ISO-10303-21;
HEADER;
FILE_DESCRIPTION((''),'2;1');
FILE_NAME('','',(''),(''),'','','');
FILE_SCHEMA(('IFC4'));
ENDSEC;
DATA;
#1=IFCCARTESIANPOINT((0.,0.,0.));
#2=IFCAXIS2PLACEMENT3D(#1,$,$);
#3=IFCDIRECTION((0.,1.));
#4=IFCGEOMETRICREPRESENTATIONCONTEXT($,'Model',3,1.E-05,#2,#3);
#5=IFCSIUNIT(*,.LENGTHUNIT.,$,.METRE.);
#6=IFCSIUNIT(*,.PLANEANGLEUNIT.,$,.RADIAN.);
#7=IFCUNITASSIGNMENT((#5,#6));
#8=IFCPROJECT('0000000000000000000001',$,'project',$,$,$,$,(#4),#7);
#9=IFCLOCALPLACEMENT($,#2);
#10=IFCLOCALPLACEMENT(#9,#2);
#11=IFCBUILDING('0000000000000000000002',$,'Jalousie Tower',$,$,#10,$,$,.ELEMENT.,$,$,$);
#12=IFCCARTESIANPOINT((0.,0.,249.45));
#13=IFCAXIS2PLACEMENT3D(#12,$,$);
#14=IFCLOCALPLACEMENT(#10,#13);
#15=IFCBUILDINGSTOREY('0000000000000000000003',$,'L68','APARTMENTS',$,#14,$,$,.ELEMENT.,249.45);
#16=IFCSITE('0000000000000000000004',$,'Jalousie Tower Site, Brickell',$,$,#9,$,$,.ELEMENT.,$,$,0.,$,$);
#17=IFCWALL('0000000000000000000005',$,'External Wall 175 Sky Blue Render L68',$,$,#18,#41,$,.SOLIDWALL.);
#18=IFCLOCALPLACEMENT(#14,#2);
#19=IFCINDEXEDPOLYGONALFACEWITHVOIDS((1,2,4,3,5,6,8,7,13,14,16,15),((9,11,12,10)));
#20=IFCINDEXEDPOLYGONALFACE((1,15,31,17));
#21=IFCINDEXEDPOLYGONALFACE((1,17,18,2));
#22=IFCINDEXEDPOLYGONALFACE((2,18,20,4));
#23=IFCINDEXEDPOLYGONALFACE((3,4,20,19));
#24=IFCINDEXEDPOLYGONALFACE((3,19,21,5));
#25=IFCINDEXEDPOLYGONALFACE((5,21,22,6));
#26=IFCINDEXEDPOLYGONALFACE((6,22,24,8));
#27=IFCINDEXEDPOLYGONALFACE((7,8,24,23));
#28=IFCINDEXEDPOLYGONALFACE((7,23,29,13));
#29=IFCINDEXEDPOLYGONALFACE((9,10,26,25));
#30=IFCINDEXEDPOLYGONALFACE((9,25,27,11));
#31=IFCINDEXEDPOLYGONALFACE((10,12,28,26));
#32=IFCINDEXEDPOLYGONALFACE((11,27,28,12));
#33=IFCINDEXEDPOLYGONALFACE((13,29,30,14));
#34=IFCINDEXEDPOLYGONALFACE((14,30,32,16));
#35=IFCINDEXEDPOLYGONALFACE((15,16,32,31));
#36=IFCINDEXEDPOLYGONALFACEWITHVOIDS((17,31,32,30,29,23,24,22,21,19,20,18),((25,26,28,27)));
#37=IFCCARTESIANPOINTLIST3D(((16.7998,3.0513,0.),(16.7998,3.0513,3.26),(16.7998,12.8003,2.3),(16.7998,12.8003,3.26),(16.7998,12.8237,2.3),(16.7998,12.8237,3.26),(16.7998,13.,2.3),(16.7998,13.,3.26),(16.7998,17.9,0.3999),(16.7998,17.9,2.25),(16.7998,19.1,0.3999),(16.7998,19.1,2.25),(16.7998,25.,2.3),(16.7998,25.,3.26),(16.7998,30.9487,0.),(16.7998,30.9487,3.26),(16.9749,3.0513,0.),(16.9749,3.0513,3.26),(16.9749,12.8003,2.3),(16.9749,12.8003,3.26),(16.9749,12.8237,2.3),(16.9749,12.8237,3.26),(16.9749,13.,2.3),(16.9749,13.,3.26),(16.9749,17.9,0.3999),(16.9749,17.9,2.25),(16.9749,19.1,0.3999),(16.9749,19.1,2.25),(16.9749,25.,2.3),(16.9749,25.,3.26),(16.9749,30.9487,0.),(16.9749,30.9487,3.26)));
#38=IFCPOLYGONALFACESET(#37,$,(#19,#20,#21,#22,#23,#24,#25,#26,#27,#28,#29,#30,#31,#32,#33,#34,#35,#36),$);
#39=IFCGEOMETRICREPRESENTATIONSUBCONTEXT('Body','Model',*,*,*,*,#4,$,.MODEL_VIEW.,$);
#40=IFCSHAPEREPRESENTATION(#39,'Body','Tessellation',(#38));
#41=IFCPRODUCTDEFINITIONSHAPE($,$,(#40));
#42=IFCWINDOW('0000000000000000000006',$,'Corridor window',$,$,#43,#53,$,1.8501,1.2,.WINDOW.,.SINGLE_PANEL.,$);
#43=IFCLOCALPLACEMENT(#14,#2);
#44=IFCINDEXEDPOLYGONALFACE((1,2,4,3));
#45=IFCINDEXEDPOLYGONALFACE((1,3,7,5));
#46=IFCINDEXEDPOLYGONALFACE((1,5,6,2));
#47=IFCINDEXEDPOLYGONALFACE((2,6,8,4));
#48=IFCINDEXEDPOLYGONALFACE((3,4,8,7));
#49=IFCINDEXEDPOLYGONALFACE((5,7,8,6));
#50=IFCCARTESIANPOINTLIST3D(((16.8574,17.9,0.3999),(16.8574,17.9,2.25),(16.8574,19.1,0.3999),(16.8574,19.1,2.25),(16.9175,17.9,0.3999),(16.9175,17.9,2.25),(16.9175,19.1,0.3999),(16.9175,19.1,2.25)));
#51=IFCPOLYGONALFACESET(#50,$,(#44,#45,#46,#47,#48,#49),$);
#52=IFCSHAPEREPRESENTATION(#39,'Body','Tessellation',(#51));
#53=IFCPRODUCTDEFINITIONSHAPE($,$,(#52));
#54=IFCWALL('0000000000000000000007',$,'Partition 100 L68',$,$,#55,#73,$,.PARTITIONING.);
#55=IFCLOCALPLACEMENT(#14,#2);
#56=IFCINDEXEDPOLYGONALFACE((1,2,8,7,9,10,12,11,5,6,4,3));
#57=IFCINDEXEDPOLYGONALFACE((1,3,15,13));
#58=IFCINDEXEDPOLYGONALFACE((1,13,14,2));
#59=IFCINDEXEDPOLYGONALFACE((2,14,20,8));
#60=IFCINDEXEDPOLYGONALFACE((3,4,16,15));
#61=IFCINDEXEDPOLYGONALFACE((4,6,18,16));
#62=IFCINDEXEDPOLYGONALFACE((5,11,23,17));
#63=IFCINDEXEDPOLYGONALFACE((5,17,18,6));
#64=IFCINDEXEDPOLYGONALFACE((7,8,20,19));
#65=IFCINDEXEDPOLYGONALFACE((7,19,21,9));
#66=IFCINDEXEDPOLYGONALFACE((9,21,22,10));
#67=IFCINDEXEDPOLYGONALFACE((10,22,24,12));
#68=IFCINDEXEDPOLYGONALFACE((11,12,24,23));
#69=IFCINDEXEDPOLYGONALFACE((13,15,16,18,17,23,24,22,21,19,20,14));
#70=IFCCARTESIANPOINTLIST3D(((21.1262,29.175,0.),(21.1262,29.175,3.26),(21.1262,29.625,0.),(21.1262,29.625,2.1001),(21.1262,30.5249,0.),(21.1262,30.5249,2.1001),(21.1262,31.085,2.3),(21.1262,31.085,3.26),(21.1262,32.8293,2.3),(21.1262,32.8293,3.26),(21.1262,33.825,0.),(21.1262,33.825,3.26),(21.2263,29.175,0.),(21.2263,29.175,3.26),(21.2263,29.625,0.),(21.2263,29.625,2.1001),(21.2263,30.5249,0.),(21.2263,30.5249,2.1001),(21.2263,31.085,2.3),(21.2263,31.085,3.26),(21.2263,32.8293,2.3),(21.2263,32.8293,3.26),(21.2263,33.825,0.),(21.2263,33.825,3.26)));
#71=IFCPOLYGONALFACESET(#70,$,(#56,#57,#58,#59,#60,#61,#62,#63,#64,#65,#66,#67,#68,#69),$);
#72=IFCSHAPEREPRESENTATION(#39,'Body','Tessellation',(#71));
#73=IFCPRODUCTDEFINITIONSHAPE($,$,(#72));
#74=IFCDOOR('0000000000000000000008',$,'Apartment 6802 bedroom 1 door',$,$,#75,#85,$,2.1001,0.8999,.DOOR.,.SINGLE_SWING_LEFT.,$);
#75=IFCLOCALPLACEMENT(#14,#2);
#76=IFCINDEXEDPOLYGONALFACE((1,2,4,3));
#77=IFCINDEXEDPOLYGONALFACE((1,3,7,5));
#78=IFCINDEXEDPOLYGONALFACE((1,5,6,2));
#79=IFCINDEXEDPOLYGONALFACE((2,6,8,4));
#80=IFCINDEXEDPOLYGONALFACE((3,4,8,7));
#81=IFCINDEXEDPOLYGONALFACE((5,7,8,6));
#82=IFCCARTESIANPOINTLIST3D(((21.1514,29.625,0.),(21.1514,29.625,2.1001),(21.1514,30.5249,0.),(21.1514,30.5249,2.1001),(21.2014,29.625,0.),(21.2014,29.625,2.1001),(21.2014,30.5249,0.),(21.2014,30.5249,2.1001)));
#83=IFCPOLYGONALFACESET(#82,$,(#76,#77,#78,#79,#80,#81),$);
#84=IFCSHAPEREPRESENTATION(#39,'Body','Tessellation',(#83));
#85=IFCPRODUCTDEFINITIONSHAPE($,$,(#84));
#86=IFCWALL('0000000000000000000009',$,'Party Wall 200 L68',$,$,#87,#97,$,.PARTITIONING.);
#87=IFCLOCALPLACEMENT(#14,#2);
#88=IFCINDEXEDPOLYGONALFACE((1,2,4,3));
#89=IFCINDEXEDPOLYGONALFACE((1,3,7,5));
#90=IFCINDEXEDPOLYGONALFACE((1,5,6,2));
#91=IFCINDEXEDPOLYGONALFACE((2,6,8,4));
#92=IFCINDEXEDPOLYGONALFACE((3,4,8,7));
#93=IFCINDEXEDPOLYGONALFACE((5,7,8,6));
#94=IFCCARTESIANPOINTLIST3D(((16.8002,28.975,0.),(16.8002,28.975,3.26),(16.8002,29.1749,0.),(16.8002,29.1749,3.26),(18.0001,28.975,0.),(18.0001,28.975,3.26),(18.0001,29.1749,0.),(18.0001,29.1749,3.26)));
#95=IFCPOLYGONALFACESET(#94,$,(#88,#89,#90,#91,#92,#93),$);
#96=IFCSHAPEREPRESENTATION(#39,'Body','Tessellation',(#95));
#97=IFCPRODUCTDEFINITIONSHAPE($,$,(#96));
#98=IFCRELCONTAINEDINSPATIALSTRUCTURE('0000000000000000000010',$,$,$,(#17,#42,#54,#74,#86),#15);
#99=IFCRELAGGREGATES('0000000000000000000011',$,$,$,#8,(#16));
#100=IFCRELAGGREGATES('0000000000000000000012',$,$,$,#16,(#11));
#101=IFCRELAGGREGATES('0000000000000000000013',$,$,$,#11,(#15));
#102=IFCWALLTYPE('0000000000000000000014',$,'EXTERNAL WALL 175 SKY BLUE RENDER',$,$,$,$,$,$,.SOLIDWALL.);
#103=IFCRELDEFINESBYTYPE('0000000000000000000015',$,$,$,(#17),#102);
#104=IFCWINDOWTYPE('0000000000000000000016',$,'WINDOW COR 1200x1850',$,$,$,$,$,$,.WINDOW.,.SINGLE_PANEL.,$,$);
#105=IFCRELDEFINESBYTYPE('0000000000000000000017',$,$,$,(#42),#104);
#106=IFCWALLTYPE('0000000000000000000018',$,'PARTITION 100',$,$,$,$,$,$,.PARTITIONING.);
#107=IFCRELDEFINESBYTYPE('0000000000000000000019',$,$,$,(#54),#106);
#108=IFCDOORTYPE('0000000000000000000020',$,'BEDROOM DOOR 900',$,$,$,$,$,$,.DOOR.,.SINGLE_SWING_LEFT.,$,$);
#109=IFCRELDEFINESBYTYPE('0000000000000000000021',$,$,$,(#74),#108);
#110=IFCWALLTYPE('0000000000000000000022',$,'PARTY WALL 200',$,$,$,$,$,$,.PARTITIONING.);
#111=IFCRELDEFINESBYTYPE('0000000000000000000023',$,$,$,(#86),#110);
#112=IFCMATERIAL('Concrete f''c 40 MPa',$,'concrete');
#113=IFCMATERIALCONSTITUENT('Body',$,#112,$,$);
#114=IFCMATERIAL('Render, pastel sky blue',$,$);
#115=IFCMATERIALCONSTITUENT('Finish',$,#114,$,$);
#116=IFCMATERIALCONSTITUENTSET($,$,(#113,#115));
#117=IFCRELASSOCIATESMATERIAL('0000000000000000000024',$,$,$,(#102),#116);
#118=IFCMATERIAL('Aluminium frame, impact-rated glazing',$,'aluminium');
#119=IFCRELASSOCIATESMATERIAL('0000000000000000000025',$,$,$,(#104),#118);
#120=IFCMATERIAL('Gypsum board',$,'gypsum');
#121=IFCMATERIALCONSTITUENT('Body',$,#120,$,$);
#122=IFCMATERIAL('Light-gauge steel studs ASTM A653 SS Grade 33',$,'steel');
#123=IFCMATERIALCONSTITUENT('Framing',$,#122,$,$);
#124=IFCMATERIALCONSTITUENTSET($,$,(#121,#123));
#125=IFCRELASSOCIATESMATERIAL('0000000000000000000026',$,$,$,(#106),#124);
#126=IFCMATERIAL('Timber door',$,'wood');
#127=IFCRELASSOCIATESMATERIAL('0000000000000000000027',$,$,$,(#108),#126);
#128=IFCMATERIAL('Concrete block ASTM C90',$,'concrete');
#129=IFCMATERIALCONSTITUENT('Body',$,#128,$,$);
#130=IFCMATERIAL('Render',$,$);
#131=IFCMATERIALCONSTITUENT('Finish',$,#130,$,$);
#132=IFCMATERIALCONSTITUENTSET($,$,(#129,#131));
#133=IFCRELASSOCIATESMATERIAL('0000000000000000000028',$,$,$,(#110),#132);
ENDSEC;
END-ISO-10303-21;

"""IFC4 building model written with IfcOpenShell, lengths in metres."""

from ifc_helpers import new_model, si_unit, direction, frame, frame_2d, origin, place, context, subcontext, project, spatial, polyline, rectangle, outline, extrude, material, constituent, constituent_set, type_object, element, fill, save


model = new_model("IFC4")

# Units and contexts
model_context = context("Model", 3, precision=1e-05, world=origin(), true_north=direction((0.0, 1.0)))
body_context = subcontext(model_context, "Body", "Model", "MODEL_VIEW")
ifc_project = project(units=[si_unit("LENGTHUNIT", "METRE"), si_unit("PLANEANGLEUNIT", "RADIAN")], contexts=[model_context])

# Site, building, storey
site_placement = place(None, origin())
site = spatial("IfcSite", under=ifc_project, at=site_placement, Name="Jalousie Tower Site, Brickell", CompositionType="ELEMENT", RefElevation=0.0)
building_placement = place(site_placement, origin())
building = spatial("IfcBuilding", under=site, at=building_placement, Name="Jalousie Tower", CompositionType="ELEMENT")
storey_placement = place(building_placement, frame((0.0, 0.0, 249.45)))
storey = spatial("IfcBuildingStorey", under=building, at=storey_placement, Name="L68", Description="APARTMENTS", CompositionType="ELEMENT", Elevation=249.45)

# Wall, opening, window
ifc_material_1 = material(Name="Concrete f'c 40 MPa", Category="concrete")
ifc_constituent_1 = constituent(ifc_material_1, Name="Body")
ifc_material_2 = material(Name="Render, pastel sky blue")
ifc_constituent_2 = constituent(ifc_material_2, Name="Finish")
ifc_constituent_set_1 = constituent_set(constituents=[ifc_constituent_1, ifc_constituent_2])
wall_type_1 = type_object("IfcWallType", Name="EXTERNAL WALL 175 SKY BLUE RENDER", PredefinedType="SOLIDWALL", material=ifc_constituent_set_1)
wall_1_placement = place(storey_placement, frame((16.8875, 30.9487, 0.0), z_axis=(0.0, 0.0, 1.0), x_axis=(0.0, -1.0, 0.0)))
wall_1 = element("IfcWall", 1, at=wall_1_placement, inside=storey, type_object=wall_type_1, Name="External Wall 175 Sky Blue Render L68", PredefinedType="SOLIDWALL", context=body_context, shape_type="SweptSolid", body=[
    extrude(outline(polyline([(0.0, 0.0), (27.8975, 0.0), (27.8975, 3.26), (18.1484, 3.26), (18.1484, 2.3), (18.125, 2.3), (18.125, 3.26), (17.9487, 3.26), (17.9487, 2.3), (5.9487, 2.3), (5.9487, 3.26), (0.0, 3.26), (0.0, 0.0)])), frame((0.0, 0.0874, 0.0), z_axis=(0.0, -1.0, 0.0), x_axis=(1.0, 0.0, 0.0)), (0.0, 0.0, 1.0), 0.175),
])
opening_1_placement = place(wall_1_placement, frame((11.8486, 0.0, 0.3999)))
opening_1 = element("IfcOpeningElement", 2, at=opening_1_placement, cuts=wall_1, PredefinedType="OPENING", context=body_context, shape_type="SweptSolid", body=[
    extrude(rectangle(XDim=1.2, YDim=1.8501, at=frame_2d((0.6001, 0.925))), frame((0.0, 0.0974, 0.0), z_axis=(0.0, -1.0, 0.0), x_axis=(1.0, 0.0, 0.0)), (0.0, 0.0, 1.0), 0.1951),
])
ifc_material_3 = material(Name="Aluminium frame, impact-rated glazing", Category="aluminium")
window_type = type_object("IfcWindowType", Name="WINDOW COR 1200x1850", PartitioningType="SINGLE_PANEL", PredefinedType="WINDOW", material=ifc_material_3)
window_placement = place(opening_1_placement, origin())
window = element("IfcWindow", 3, at=window_placement, inside=storey, type_object=window_type, Name="Corridor window", OverallHeight=1.8501, OverallWidth=1.2, PartitioningType="SINGLE_PANEL", PredefinedType="WINDOW", context=body_context, shape_type="SweptSolid", body=[
    extrude(rectangle(XDim=1.2, YDim=1.8501, at=frame_2d((0.6001, 0.925))), frame((0.0, 0.03, 0.0), z_axis=(0.0, -1.0, 0.0), x_axis=(1.0, 0.0, 0.0)), (0.0, 0.0, 1.0), 0.0601),
])
fill(opening_1, window)

# Wall, opening, door
ifc_material_4 = material(Name="Gypsum board", Category="gypsum")
ifc_constituent_3 = constituent(ifc_material_4, Name="Body")
ifc_material_5 = material(Name="Light-gauge steel studs ASTM A653 SS Grade 33", Category="steel")
ifc_constituent_4 = constituent(ifc_material_5, Name="Framing")
ifc_constituent_set_2 = constituent_set(constituents=[ifc_constituent_3, ifc_constituent_4])
wall_type_2 = type_object("IfcWallType", Name="PARTITION 100", PredefinedType="PARTITIONING", material=ifc_constituent_set_2)
wall_2_placement = place(storey_placement, frame((21.1763, 33.825, 0.0), z_axis=(0.0, 0.0, 1.0), x_axis=(0.0, -1.0, 0.0)))
wall_2 = element("IfcWall", 4, at=wall_2_placement, inside=storey, type_object=wall_type_2, Name="Partition 100 L68", PredefinedType="PARTITIONING", context=body_context, shape_type="SweptSolid", body=[
    extrude(outline(polyline([(0.0, 0.0), (4.6499, 0.0), (4.6499, 3.26), (2.74, 3.26), (2.74, 2.3), (0.9956, 2.3), (0.9956, 3.26), (0.0, 3.26), (0.0, 0.0)])), frame((0.0, 0.05, 0.0), z_axis=(0.0, -1.0, 0.0), x_axis=(1.0, 0.0, 0.0)), (0.0, 0.0, 1.0), 0.1001),
])
opening_2_placement = place(wall_2_placement, frame((3.3, 0.0, 0.0)))
opening_2 = element("IfcOpeningElement", 5, at=opening_2_placement, cuts=wall_2, PredefinedType="OPENING", context=body_context, shape_type="SweptSolid", body=[
    extrude(rectangle(XDim=0.8999, YDim=2.1001, at=frame_2d((0.45, 1.05))), frame((0.0, 0.0601, 0.0), z_axis=(0.0, -1.0, 0.0), x_axis=(1.0, 0.0, 0.0)), (0.0, 0.0, 1.0), 0.1201),
])
ifc_material_6 = material(Name="Timber door", Category="wood")
door_type_1 = type_object("IfcDoorType", Name="BEDROOM DOOR 900", OperationType="SINGLE_SWING_LEFT", PredefinedType="DOOR", material=ifc_material_6)
door_1_placement = place(opening_2_placement, frame((0.8999, 0.0, 0.0), z_axis=(0.0, 0.0, 1.0), x_axis=(-1.0, 0.0, 0.0)))
door_1 = element("IfcDoor", 6, at=door_1_placement, inside=storey, type_object=door_type_1, Name="Apartment 6802 bedroom 1 door", OperationType="SINGLE_SWING_LEFT", OverallHeight=2.1001, OverallWidth=0.8999, PredefinedType="DOOR", context=body_context, shape_type="SweptSolid", body=[
    extrude(rectangle(XDim=0.8999, YDim=2.1001, at=frame_2d((0.45, 1.05))), frame((0.0, 0.0249, 0.0), z_axis=(0.0, -1.0, 0.0), x_axis=(1.0, 0.0, 0.0)), (0.0, 0.0, 1.0), 0.05),
])
fill(opening_2, door_1)

# Wall
ifc_material_7 = material(Name="Concrete block ASTM C90", Category="concrete")
ifc_constituent_5 = constituent(ifc_material_7, Name="Body")
ifc_material_8 = material(Name="Render")
ifc_constituent_6 = constituent(ifc_material_8, Name="Finish")
ifc_constituent_set_3 = constituent_set(constituents=[ifc_constituent_5, ifc_constituent_6])
wall_type_3 = type_object("IfcWallType", Name="PARTY WALL 200", PredefinedType="PARTITIONING", material=ifc_constituent_set_3)
wall_3_placement = place(storey_placement, frame((16.8, 29.075, 0.0), z_axis=(0.0, 0.0, 1.0), x_axis=(1.0, 0.0, 0.0)))
element("IfcWall", 7, at=wall_3_placement, inside=storey, type_object=wall_type_3, Name="Party Wall 200 L68", PredefinedType="PARTITIONING", context=body_context, shape_type="SweptSolid", body=[
    extrude(rectangle(XDim=1.2, YDim=0.2, at=frame_2d((0.6001, 0.0))), origin(), (0.0, 0.0, 1.0), 3.26),
])

save(model, "model.ifc")
